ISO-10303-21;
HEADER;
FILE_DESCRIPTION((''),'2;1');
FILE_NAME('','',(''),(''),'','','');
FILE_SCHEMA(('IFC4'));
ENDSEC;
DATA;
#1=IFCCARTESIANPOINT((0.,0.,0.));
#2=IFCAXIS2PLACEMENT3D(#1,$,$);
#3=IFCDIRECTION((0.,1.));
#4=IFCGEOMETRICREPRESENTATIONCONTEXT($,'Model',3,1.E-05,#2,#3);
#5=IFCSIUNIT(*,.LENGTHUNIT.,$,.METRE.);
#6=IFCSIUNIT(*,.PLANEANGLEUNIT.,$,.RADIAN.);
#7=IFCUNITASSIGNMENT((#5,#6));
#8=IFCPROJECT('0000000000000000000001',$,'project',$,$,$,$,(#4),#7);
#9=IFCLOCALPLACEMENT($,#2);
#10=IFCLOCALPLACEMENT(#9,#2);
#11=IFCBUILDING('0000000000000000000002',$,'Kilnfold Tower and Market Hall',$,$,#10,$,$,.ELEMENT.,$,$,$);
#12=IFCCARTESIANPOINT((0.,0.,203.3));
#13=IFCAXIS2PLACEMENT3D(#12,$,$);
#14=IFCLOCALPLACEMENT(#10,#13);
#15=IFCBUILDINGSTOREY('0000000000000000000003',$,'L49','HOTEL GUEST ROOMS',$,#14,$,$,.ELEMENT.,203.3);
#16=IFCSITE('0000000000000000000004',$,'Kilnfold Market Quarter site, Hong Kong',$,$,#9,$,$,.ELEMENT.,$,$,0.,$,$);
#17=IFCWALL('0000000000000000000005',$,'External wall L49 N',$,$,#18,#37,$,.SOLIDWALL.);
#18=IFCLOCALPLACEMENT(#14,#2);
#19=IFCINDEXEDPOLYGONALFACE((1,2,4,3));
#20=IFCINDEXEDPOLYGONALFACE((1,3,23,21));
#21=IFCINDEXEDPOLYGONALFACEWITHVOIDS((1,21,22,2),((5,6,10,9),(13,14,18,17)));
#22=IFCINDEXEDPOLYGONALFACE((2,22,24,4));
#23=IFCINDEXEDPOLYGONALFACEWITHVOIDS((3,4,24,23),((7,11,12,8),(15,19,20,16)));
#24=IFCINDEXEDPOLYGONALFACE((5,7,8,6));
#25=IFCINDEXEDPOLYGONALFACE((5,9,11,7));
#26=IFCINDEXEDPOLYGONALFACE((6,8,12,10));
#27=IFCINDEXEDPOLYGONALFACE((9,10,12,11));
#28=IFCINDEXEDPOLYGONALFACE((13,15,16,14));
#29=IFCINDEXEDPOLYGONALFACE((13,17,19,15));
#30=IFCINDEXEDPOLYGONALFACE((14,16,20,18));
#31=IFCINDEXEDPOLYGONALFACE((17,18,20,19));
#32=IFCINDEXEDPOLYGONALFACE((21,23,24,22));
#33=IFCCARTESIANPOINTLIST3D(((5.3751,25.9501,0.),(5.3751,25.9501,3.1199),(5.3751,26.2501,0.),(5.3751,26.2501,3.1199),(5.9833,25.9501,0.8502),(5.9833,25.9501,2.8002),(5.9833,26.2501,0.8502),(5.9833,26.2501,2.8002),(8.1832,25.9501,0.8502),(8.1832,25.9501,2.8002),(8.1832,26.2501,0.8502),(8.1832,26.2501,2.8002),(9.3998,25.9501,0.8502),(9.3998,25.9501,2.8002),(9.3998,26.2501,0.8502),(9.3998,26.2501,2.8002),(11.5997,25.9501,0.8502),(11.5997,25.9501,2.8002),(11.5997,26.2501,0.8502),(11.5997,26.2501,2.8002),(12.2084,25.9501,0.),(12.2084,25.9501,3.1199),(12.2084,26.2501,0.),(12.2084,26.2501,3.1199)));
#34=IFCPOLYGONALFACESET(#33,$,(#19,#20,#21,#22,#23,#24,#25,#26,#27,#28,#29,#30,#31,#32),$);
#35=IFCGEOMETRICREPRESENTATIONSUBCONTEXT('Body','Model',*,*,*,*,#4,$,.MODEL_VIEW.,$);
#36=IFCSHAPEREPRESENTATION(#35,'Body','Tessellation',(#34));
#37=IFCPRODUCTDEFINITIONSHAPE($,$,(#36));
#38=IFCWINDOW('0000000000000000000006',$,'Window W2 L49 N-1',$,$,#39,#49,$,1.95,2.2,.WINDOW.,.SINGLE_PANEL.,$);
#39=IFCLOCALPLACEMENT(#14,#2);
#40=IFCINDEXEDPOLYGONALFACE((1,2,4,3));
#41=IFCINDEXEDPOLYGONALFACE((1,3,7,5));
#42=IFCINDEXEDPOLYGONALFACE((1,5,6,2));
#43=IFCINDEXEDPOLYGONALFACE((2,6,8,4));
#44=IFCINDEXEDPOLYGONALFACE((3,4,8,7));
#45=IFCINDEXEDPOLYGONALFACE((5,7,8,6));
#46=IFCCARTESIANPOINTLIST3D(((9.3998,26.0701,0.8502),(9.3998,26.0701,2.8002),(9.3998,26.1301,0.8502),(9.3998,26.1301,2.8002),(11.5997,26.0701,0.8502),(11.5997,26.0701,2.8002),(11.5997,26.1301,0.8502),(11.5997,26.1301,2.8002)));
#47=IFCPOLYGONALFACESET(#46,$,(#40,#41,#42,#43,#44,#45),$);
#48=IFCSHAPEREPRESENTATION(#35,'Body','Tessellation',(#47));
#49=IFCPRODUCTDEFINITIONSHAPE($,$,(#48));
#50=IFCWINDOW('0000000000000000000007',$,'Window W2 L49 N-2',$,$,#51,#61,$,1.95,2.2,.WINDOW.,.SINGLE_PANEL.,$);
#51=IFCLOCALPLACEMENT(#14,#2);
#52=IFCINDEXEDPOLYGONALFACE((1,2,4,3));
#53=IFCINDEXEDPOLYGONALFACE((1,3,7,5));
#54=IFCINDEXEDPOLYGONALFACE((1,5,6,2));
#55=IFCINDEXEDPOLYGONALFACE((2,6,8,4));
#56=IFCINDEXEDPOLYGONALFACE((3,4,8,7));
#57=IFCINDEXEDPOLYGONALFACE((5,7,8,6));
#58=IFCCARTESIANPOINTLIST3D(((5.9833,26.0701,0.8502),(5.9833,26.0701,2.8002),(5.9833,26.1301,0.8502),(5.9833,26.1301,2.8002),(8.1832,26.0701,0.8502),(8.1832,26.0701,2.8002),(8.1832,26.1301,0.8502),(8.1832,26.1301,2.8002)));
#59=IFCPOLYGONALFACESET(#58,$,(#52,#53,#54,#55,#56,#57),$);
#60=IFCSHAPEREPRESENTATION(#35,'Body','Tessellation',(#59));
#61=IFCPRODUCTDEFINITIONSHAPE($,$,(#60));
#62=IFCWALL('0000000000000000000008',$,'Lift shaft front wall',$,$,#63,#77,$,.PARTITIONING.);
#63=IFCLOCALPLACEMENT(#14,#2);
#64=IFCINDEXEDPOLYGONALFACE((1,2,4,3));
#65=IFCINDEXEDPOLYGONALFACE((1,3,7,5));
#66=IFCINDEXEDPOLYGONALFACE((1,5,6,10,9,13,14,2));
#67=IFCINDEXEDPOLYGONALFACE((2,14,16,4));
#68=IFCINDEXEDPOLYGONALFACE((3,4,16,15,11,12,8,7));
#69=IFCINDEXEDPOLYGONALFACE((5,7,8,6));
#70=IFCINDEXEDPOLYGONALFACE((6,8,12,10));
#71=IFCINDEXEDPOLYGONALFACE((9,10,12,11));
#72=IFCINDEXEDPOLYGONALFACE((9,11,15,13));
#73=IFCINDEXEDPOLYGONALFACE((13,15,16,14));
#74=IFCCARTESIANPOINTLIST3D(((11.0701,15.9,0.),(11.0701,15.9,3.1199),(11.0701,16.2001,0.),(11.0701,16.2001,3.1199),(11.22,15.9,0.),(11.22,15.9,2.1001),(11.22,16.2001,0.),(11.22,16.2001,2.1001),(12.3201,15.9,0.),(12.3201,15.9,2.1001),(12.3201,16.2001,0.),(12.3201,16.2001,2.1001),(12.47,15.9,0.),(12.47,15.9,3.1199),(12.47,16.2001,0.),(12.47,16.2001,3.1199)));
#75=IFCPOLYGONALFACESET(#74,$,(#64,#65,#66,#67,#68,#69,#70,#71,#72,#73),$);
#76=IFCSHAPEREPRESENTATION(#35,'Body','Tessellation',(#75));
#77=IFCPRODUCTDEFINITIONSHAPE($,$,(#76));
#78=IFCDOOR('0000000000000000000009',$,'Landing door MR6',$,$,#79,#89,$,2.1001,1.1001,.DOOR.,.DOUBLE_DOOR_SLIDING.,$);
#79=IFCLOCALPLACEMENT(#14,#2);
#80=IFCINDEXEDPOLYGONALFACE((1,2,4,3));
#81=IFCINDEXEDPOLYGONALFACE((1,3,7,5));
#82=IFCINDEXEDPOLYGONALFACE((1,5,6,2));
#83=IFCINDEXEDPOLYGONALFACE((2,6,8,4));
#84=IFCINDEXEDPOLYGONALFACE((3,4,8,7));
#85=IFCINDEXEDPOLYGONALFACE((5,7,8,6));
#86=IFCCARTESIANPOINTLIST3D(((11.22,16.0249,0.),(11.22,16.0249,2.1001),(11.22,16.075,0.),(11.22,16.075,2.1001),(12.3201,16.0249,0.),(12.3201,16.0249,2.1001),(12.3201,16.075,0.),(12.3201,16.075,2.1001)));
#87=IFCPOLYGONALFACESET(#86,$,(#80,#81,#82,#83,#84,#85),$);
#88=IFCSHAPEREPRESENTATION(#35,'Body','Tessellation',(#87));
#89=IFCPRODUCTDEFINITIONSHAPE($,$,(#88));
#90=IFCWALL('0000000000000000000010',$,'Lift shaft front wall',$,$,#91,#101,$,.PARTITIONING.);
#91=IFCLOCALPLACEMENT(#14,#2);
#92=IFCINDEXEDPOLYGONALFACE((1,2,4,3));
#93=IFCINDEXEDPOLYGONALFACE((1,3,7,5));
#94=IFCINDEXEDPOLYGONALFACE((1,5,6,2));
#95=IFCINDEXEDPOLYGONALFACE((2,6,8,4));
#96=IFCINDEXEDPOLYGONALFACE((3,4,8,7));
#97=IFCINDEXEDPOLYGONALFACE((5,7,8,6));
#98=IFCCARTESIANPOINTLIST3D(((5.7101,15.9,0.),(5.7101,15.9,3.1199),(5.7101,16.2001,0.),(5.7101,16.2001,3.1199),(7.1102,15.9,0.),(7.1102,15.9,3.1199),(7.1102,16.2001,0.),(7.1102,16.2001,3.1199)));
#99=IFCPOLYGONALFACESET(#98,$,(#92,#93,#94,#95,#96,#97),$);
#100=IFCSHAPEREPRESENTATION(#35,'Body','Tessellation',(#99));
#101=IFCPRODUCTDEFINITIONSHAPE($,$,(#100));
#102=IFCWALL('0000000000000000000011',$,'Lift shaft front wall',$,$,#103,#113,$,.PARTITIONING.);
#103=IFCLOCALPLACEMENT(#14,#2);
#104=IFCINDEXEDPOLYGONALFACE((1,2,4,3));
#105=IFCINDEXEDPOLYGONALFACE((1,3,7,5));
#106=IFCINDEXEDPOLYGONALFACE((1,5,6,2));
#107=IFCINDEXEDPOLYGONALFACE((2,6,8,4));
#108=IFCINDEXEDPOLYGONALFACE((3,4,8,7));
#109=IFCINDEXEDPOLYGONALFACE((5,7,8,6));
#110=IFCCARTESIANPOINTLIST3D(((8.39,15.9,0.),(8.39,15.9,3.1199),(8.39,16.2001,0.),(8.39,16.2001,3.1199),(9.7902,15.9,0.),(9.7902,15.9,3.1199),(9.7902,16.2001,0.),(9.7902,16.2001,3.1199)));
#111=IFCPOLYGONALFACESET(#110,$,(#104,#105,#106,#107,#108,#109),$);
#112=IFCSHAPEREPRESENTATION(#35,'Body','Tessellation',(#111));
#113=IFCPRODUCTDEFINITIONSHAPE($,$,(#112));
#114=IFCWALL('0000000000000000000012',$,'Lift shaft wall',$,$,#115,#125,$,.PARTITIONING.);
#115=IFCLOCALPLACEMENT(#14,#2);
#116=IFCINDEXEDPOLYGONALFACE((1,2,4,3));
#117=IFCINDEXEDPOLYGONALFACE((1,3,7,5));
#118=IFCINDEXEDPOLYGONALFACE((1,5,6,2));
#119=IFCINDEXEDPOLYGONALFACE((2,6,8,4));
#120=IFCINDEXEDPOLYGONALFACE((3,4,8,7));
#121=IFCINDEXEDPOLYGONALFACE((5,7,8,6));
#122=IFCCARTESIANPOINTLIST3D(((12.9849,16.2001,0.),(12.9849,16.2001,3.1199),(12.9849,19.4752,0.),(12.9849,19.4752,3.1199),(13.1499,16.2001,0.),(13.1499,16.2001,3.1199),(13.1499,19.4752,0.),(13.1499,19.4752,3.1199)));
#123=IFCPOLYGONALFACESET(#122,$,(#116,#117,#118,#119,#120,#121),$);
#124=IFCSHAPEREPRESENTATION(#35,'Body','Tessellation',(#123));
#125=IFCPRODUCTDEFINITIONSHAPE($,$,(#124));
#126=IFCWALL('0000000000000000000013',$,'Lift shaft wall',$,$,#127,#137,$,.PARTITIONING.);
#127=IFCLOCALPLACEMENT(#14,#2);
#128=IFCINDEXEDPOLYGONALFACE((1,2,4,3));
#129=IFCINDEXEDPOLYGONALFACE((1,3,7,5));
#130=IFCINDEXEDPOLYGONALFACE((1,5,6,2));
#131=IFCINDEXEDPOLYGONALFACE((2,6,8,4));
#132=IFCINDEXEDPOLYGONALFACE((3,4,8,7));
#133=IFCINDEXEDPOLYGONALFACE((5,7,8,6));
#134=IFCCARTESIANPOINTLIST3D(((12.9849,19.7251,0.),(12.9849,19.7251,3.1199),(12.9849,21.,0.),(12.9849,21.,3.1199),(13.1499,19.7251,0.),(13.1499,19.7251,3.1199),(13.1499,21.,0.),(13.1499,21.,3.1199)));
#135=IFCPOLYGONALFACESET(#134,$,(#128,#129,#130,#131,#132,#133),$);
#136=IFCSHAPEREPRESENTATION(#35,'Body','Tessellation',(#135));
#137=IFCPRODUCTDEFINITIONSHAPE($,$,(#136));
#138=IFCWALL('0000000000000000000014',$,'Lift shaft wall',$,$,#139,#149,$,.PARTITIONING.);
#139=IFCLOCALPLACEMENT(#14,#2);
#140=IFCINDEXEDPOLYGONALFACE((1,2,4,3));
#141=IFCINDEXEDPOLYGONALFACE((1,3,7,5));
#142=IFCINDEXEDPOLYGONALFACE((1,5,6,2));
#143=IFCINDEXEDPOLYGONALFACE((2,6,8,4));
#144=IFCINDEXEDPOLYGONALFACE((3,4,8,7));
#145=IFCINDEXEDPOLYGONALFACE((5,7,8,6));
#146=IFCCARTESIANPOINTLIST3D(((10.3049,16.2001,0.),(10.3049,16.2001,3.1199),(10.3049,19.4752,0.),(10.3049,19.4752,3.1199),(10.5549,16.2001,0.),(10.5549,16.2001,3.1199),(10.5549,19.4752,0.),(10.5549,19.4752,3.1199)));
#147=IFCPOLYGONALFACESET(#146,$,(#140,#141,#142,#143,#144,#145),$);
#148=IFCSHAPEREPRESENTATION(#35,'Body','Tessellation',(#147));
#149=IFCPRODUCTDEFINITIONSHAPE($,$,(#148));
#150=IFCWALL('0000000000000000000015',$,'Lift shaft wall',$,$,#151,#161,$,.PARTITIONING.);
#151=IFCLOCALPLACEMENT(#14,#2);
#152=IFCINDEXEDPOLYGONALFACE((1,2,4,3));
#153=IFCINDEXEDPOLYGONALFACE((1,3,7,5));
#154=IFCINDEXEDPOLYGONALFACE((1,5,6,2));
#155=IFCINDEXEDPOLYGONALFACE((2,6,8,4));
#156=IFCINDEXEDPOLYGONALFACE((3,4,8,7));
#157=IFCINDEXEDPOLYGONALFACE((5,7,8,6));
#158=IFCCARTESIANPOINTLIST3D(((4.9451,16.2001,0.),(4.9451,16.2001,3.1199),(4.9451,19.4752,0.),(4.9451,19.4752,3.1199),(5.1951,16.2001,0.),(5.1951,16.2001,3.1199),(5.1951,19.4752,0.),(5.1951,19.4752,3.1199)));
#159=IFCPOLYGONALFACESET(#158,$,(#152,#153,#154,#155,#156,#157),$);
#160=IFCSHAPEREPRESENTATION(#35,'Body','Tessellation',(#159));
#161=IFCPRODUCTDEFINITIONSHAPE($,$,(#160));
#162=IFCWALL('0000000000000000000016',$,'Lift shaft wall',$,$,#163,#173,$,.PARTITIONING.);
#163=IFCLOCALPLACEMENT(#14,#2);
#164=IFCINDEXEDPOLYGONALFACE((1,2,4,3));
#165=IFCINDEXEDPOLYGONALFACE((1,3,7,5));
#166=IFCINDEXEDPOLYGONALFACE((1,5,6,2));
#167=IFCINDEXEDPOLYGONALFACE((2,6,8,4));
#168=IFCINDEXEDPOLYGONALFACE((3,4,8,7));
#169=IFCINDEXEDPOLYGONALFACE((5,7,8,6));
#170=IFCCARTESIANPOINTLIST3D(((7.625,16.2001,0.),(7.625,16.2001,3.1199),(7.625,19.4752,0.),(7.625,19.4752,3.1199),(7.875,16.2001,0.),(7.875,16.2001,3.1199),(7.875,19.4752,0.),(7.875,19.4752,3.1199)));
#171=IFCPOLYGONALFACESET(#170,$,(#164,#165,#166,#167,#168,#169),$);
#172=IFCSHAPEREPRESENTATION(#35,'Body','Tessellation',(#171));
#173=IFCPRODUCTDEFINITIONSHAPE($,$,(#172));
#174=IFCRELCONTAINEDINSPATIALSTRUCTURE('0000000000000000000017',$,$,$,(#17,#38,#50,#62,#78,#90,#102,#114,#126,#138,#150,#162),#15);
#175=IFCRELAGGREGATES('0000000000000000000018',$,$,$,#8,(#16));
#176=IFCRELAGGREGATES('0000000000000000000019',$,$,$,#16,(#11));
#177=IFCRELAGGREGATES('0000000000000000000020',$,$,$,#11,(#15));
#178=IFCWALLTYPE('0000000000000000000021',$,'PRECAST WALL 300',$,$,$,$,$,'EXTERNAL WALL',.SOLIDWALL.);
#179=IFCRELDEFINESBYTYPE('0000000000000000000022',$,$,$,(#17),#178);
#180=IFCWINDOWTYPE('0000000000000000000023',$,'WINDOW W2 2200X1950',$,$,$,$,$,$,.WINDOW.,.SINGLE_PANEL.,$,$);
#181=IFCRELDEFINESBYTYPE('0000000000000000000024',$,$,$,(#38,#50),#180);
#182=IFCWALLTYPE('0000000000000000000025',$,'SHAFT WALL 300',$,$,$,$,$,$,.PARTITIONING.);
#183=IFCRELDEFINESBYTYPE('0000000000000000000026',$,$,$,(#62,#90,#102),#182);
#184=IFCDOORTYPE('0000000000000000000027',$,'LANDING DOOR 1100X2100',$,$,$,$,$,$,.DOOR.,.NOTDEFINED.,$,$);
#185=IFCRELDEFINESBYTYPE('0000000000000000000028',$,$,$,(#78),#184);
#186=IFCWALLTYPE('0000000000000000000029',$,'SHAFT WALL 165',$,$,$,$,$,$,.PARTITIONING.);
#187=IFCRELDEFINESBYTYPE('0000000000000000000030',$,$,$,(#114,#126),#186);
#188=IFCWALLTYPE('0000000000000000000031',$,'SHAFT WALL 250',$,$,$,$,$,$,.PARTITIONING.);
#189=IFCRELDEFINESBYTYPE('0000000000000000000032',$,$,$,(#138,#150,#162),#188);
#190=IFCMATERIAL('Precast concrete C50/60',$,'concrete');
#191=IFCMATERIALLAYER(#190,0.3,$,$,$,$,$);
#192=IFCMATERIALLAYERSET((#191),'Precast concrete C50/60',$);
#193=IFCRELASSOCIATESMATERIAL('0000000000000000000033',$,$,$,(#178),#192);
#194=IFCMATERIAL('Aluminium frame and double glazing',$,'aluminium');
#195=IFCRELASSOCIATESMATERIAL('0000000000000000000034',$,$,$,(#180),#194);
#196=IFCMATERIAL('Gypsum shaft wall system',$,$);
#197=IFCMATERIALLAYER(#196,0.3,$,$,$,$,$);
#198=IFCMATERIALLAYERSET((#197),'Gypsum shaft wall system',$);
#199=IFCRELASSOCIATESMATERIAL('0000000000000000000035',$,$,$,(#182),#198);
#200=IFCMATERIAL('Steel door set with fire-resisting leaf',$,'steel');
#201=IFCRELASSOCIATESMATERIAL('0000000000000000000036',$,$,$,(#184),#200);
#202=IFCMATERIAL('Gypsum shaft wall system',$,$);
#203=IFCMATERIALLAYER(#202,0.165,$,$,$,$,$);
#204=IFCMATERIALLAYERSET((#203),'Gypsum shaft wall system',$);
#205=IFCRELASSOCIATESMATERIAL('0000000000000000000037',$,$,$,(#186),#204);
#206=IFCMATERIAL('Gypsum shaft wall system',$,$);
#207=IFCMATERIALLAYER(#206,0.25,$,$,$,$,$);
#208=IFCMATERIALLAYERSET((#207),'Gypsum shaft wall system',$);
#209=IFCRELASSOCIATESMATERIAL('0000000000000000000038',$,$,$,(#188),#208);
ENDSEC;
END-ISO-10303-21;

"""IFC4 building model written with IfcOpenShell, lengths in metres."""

from ifc_helpers import new_model, si_unit, direction, frame, frame_2d, origin, place, context, subcontext, project, spatial, rectangle, extrude, source, transform, mapped, material, layer, layer_set, type_object, element, fill, save


model = new_model("IFC4")

# Units and contexts
model_context = context("Model", 3, precision=1e-05, world=origin(), true_north=direction((0.0, 1.0)))
body_context = subcontext(model_context, "Body", "Model", "MODEL_VIEW")
ifc_project = project(units=[si_unit("LENGTHUNIT", "METRE"), si_unit("PLANEANGLEUNIT", "RADIAN")], contexts=[model_context])

# Site, building, storey
site_placement = place(None, origin())
site = spatial("IfcSite", under=ifc_project, at=site_placement, Name="Kilnfold Market Quarter site, Hong Kong", CompositionType="ELEMENT", RefElevation=0.0)
building_placement = place(site_placement, origin())
building = spatial("IfcBuilding", under=site, at=building_placement, Name="Kilnfold Tower and Market Hall", CompositionType="ELEMENT")
storey_placement = place(building_placement, frame((0.0, 0.0, 203.3)))
storey = spatial("IfcBuildingStorey", under=building, at=storey_placement, Name="L49", Description="HOTEL GUEST ROOMS", CompositionType="ELEMENT", Elevation=203.3)

# Wall, openings, windows
ifc_material_1 = material(Name="Precast concrete C50/60", Category="concrete")
ifc_layer_1 = layer(ifc_material_1, 0.3)
ifc_layer_set_1 = layer_set([ifc_layer_1], Name="Precast concrete C50/60")
wall_type_1 = type_object("IfcWallType", Name="PRECAST WALL 300", ElementType="EXTERNAL WALL", PredefinedType="SOLIDWALL", material=ifc_layer_set_1)
shared_shape_1 = source(origin(), body_context, "Body", "SweptSolid", [
    extrude(rectangle(XDim=6.8333, YDim=0.3, at=frame_2d((3.4165, 0.0))), origin(), (0.0, 0.0, 1.0), 3.1199),
])
wall_1_placement = place(storey_placement, frame((12.2083, 26.1001, 0.0), z_axis=(0.0, 0.0, 1.0), x_axis=(-1.0, 0.0, 0.0)))
wall_1 = element("IfcWall", 1, at=wall_1_placement, inside=storey, type_object=wall_type_1, Name="External wall L49 N", PredefinedType="SOLIDWALL", context=body_context, shape_type="MappedRepresentation", body=[
    mapped(shared_shape_1, transform((0.0, 0.0, 0.0))),
])
opening_1_placement = place(wall_1_placement, frame((0.6084, 0.0, 0.8501)))
opening_1 = element("IfcOpeningElement", 2, at=opening_1_placement, cuts=wall_1, PredefinedType="OPENING", context=body_context, shape_type="SweptSolid", body=[
    extrude(rectangle(XDim=2.2, YDim=1.95, at=frame_2d((1.1001, 0.9751))), frame((0.0, 0.1602, 0.0), z_axis=(0.0, -1.0, 0.0), x_axis=(1.0, 0.0, 0.0)), (0.0, 0.0, 1.0), 0.3201),
])
opening_2_placement = place(wall_1_placement, frame((4.0249, 0.0, 0.8501)))
opening_2 = element("IfcOpeningElement", 3, at=opening_2_placement, cuts=wall_1, PredefinedType="OPENING", context=body_context, shape_type="SweptSolid", body=[
    extrude(rectangle(XDim=2.2, YDim=1.95, at=frame_2d((1.1001, 0.9751))), frame((0.0, 0.1602, 0.0), z_axis=(0.0, -1.0, 0.0), x_axis=(1.0, 0.0, 0.0)), (0.0, 0.0, 1.0), 0.3201),
])
ifc_material_2 = material(Name="Aluminium frame and double glazing", Category="aluminium")
window_type = type_object("IfcWindowType", Name="WINDOW W2 2200X1950", PartitioningType="SINGLE_PANEL", PredefinedType="WINDOW", material=ifc_material_2)
window_1_placement = place(opening_1_placement, origin())
window_1 = element("IfcWindow", 4, at=window_1_placement, inside=storey, type_object=window_type, Name="Window W2 L49 N-1", OverallHeight=1.95, OverallWidth=2.2, PartitioningType="SINGLE_PANEL", PredefinedType="WINDOW", context=body_context, shape_type="SweptSolid", body=[
    extrude(rectangle(XDim=2.2, YDim=1.95, at=frame_2d((1.1001, 0.9751))), frame((0.0, 0.03, 0.0), z_axis=(0.0, -1.0, 0.0), x_axis=(1.0, 0.0, 0.0)), (0.0, 0.0, 1.0), 0.0601),
])
fill(opening_1, window_1)
window_2_placement = place(opening_2_placement, origin())
window_2 = element("IfcWindow", 5, at=window_2_placement, inside=storey, type_object=window_type, Name="Window W2 L49 N-2", OverallHeight=1.95, OverallWidth=2.2, PartitioningType="SINGLE_PANEL", PredefinedType="WINDOW", context=body_context, shape_type="SweptSolid", body=[
    extrude(rectangle(XDim=2.2, YDim=1.95, at=frame_2d((1.1001, 0.9751))), frame((0.0, 0.03, 0.0), z_axis=(0.0, -1.0, 0.0), x_axis=(1.0, 0.0, 0.0)), (0.0, 0.0, 1.0), 0.0601),
])
fill(opening_2, window_2)

# Wall, opening, door
ifc_material_3 = material(Name="Gypsum shaft wall system")
ifc_layer_2 = layer(ifc_material_3, 0.3)
ifc_layer_set_2 = layer_set([ifc_layer_2], Name="Gypsum shaft wall system")
wall_type_2 = type_object("IfcWallType", Name="SHAFT WALL 300", PredefinedType="PARTITIONING", material=ifc_layer_set_2)
shared_shape_2 = source(origin(), body_context, "Body", "SweptSolid", [
    extrude(rectangle(XDim=1.3999, YDim=0.3, at=frame_2d((0.7, 0.0))), origin(), (0.0, 0.0, 1.0), 3.1199),
])
wall_2_placement = place(storey_placement, frame((11.0701, 16.05, 0.0), z_axis=(0.0, 0.0, 1.0), x_axis=(1.0, 0.0, 0.0)))
wall_2 = element("IfcWall", 6, at=wall_2_placement, inside=storey, type_object=wall_type_2, Name="Lift shaft front wall", PredefinedType="PARTITIONING", context=body_context, shape_type="MappedRepresentation", body=[
    mapped(shared_shape_2, transform((0.0, 0.0, 0.0))),
])
opening_3_placement = place(wall_2_placement, frame((0.1499, 0.0, 0.0)))
opening_3 = element("IfcOpeningElement", 7, at=opening_3_placement, cuts=wall_2, PredefinedType="OPENING", context=body_context, shape_type="SweptSolid", body=[
    extrude(rectangle(XDim=1.1001, YDim=2.1001, at=frame_2d((0.55, 1.05))), frame((0.0, 0.1602, 0.0), z_axis=(0.0, -1.0, 0.0), x_axis=(1.0, 0.0, 0.0)), (0.0, 0.0, 1.0), 0.3201),
])
ifc_material_4 = material(Name="Steel door set with fire-resisting leaf", Category="steel")
door_type = type_object("IfcDoorType", Name="LANDING DOOR 1100X2100", OperationType="NOTDEFINED", PredefinedType="DOOR", material=ifc_material_4)
door_placement = place(opening_3_placement, origin())
door = element("IfcDoor", 8, at=door_placement, inside=storey, type_object=door_type, Name="Landing door MR6", OperationType="DOUBLE_DOOR_SLIDING", OverallHeight=2.1001, OverallWidth=1.1001, PredefinedType="DOOR", context=body_context, shape_type="SweptSolid", body=[
    extrude(rectangle(XDim=1.1001, YDim=2.1001, at=frame_2d((0.55, 1.05))), frame((0.0, 0.0249, 0.0), z_axis=(0.0, -1.0, 0.0), x_axis=(1.0, 0.0, 0.0)), (0.0, 0.0, 1.0), 0.05),
])
fill(opening_3, door)

# Walls
shared_shape_3 = source(origin(), body_context, "Body", "SweptSolid", [
    extrude(rectangle(XDim=1.4001, YDim=0.3, at=frame_2d((0.7002, 0.0))), origin(), (0.0, 0.0, 1.0), 3.1199),
])
for number, where, z_axis, x_axis, name in (
    (9, (5.71, 16.05, 0.0), (0.0, 0.0, 1.0), (1.0, 0.0, 0.0), "Lift shaft front wall"),
    (10, (8.3899, 16.05, 0.0), (0.0, 0.0, 1.0), (1.0, 0.0, 0.0), "Lift shaft front wall"),
):
    element("IfcWall", number, at=place(storey_placement, frame(where, z_axis=z_axis, x_axis=x_axis)), inside=storey, type_object=wall_type_2, Name=name, PredefinedType="PARTITIONING", context=body_context, shape_type="MappedRepresentation", body=[
        mapped(shared_shape_3, transform((0.0, 0.0, 0.0))),
    ])
ifc_material_5 = material(Name="Gypsum shaft wall system")
ifc_layer_3 = layer(ifc_material_5, 0.165)
ifc_layer_set_3 = layer_set([ifc_layer_3], Name="Gypsum shaft wall system")
wall_type_3 = type_object("IfcWallType", Name="SHAFT WALL 165", PredefinedType="PARTITIONING", material=ifc_layer_set_3)
shared_shape_4 = source(origin(), body_context, "Body", "SweptSolid", [
    extrude(rectangle(XDim=3.2751, YDim=0.165, at=frame_2d((1.6377, 0.0))), origin(), (0.0, 0.0, 1.0), 3.1199),
])
wall_3_placement = place(storey_placement, frame((13.0674, 16.2, 0.0), z_axis=(0.0, 0.0, 1.0), x_axis=(0.0, 1.0, 0.0)))
element("IfcWall", 11, at=wall_3_placement, inside=storey, type_object=wall_type_3, Name="Lift shaft wall", PredefinedType="PARTITIONING", context=body_context, shape_type="MappedRepresentation", body=[
    mapped(shared_shape_4, transform((0.0, 0.0, 0.0))),
])
shared_shape_5 = source(origin(), body_context, "Body", "SweptSolid", [
    extrude(rectangle(XDim=1.2749, YDim=0.165, at=frame_2d((0.6375, 0.0))), origin(), (0.0, 0.0, 1.0), 3.1199),
])
wall_4_placement = place(storey_placement, frame((13.0674, 19.7251, 0.0), z_axis=(0.0, 0.0, 1.0), x_axis=(0.0, 1.0, 0.0)))
element("IfcWall", 12, at=wall_4_placement, inside=storey, type_object=wall_type_3, Name="Lift shaft wall", PredefinedType="PARTITIONING", context=body_context, shape_type="MappedRepresentation", body=[
    mapped(shared_shape_5, transform((0.0, 0.0, 0.0))),
])
ifc_material_6 = material(Name="Gypsum shaft wall system")
ifc_layer_4 = layer(ifc_material_6, 0.25)
ifc_layer_set_4 = layer_set([ifc_layer_4], Name="Gypsum shaft wall system")
wall_type_4 = type_object("IfcWallType", Name="SHAFT WALL 250", PredefinedType="PARTITIONING", material=ifc_layer_set_4)
shared_shape_6 = source(origin(), body_context, "Body", "SweptSolid", [
    extrude(rectangle(XDim=3.2751, YDim=0.25, at=frame_2d((1.6377, 0.0))), origin(), (0.0, 0.0, 1.0), 3.1199),
])
for number, where, z_axis, x_axis, name in (
    (13, (10.4299, 16.2, 0.0), (0.0, 0.0, 1.0), (0.0, 1.0, 0.0), "Lift shaft wall"),
    (14, (5.0701, 16.2, 0.0), (0.0, 0.0, 1.0), (0.0, 1.0, 0.0), "Lift shaft wall"),
    (15, (7.75, 16.2, 0.0), (0.0, 0.0, 1.0), (0.0, 1.0, 0.0), "Lift shaft wall"),
):
    element("IfcWall", number, at=place(storey_placement, frame(where, z_axis=z_axis, x_axis=x_axis)), inside=storey, type_object=wall_type_4, Name=name, PredefinedType="PARTITIONING", context=body_context, shape_type="MappedRepresentation", body=[
        mapped(shared_shape_6, transform((0.0, 0.0, 0.0))),
    ])

save(model, "model.ifc")
